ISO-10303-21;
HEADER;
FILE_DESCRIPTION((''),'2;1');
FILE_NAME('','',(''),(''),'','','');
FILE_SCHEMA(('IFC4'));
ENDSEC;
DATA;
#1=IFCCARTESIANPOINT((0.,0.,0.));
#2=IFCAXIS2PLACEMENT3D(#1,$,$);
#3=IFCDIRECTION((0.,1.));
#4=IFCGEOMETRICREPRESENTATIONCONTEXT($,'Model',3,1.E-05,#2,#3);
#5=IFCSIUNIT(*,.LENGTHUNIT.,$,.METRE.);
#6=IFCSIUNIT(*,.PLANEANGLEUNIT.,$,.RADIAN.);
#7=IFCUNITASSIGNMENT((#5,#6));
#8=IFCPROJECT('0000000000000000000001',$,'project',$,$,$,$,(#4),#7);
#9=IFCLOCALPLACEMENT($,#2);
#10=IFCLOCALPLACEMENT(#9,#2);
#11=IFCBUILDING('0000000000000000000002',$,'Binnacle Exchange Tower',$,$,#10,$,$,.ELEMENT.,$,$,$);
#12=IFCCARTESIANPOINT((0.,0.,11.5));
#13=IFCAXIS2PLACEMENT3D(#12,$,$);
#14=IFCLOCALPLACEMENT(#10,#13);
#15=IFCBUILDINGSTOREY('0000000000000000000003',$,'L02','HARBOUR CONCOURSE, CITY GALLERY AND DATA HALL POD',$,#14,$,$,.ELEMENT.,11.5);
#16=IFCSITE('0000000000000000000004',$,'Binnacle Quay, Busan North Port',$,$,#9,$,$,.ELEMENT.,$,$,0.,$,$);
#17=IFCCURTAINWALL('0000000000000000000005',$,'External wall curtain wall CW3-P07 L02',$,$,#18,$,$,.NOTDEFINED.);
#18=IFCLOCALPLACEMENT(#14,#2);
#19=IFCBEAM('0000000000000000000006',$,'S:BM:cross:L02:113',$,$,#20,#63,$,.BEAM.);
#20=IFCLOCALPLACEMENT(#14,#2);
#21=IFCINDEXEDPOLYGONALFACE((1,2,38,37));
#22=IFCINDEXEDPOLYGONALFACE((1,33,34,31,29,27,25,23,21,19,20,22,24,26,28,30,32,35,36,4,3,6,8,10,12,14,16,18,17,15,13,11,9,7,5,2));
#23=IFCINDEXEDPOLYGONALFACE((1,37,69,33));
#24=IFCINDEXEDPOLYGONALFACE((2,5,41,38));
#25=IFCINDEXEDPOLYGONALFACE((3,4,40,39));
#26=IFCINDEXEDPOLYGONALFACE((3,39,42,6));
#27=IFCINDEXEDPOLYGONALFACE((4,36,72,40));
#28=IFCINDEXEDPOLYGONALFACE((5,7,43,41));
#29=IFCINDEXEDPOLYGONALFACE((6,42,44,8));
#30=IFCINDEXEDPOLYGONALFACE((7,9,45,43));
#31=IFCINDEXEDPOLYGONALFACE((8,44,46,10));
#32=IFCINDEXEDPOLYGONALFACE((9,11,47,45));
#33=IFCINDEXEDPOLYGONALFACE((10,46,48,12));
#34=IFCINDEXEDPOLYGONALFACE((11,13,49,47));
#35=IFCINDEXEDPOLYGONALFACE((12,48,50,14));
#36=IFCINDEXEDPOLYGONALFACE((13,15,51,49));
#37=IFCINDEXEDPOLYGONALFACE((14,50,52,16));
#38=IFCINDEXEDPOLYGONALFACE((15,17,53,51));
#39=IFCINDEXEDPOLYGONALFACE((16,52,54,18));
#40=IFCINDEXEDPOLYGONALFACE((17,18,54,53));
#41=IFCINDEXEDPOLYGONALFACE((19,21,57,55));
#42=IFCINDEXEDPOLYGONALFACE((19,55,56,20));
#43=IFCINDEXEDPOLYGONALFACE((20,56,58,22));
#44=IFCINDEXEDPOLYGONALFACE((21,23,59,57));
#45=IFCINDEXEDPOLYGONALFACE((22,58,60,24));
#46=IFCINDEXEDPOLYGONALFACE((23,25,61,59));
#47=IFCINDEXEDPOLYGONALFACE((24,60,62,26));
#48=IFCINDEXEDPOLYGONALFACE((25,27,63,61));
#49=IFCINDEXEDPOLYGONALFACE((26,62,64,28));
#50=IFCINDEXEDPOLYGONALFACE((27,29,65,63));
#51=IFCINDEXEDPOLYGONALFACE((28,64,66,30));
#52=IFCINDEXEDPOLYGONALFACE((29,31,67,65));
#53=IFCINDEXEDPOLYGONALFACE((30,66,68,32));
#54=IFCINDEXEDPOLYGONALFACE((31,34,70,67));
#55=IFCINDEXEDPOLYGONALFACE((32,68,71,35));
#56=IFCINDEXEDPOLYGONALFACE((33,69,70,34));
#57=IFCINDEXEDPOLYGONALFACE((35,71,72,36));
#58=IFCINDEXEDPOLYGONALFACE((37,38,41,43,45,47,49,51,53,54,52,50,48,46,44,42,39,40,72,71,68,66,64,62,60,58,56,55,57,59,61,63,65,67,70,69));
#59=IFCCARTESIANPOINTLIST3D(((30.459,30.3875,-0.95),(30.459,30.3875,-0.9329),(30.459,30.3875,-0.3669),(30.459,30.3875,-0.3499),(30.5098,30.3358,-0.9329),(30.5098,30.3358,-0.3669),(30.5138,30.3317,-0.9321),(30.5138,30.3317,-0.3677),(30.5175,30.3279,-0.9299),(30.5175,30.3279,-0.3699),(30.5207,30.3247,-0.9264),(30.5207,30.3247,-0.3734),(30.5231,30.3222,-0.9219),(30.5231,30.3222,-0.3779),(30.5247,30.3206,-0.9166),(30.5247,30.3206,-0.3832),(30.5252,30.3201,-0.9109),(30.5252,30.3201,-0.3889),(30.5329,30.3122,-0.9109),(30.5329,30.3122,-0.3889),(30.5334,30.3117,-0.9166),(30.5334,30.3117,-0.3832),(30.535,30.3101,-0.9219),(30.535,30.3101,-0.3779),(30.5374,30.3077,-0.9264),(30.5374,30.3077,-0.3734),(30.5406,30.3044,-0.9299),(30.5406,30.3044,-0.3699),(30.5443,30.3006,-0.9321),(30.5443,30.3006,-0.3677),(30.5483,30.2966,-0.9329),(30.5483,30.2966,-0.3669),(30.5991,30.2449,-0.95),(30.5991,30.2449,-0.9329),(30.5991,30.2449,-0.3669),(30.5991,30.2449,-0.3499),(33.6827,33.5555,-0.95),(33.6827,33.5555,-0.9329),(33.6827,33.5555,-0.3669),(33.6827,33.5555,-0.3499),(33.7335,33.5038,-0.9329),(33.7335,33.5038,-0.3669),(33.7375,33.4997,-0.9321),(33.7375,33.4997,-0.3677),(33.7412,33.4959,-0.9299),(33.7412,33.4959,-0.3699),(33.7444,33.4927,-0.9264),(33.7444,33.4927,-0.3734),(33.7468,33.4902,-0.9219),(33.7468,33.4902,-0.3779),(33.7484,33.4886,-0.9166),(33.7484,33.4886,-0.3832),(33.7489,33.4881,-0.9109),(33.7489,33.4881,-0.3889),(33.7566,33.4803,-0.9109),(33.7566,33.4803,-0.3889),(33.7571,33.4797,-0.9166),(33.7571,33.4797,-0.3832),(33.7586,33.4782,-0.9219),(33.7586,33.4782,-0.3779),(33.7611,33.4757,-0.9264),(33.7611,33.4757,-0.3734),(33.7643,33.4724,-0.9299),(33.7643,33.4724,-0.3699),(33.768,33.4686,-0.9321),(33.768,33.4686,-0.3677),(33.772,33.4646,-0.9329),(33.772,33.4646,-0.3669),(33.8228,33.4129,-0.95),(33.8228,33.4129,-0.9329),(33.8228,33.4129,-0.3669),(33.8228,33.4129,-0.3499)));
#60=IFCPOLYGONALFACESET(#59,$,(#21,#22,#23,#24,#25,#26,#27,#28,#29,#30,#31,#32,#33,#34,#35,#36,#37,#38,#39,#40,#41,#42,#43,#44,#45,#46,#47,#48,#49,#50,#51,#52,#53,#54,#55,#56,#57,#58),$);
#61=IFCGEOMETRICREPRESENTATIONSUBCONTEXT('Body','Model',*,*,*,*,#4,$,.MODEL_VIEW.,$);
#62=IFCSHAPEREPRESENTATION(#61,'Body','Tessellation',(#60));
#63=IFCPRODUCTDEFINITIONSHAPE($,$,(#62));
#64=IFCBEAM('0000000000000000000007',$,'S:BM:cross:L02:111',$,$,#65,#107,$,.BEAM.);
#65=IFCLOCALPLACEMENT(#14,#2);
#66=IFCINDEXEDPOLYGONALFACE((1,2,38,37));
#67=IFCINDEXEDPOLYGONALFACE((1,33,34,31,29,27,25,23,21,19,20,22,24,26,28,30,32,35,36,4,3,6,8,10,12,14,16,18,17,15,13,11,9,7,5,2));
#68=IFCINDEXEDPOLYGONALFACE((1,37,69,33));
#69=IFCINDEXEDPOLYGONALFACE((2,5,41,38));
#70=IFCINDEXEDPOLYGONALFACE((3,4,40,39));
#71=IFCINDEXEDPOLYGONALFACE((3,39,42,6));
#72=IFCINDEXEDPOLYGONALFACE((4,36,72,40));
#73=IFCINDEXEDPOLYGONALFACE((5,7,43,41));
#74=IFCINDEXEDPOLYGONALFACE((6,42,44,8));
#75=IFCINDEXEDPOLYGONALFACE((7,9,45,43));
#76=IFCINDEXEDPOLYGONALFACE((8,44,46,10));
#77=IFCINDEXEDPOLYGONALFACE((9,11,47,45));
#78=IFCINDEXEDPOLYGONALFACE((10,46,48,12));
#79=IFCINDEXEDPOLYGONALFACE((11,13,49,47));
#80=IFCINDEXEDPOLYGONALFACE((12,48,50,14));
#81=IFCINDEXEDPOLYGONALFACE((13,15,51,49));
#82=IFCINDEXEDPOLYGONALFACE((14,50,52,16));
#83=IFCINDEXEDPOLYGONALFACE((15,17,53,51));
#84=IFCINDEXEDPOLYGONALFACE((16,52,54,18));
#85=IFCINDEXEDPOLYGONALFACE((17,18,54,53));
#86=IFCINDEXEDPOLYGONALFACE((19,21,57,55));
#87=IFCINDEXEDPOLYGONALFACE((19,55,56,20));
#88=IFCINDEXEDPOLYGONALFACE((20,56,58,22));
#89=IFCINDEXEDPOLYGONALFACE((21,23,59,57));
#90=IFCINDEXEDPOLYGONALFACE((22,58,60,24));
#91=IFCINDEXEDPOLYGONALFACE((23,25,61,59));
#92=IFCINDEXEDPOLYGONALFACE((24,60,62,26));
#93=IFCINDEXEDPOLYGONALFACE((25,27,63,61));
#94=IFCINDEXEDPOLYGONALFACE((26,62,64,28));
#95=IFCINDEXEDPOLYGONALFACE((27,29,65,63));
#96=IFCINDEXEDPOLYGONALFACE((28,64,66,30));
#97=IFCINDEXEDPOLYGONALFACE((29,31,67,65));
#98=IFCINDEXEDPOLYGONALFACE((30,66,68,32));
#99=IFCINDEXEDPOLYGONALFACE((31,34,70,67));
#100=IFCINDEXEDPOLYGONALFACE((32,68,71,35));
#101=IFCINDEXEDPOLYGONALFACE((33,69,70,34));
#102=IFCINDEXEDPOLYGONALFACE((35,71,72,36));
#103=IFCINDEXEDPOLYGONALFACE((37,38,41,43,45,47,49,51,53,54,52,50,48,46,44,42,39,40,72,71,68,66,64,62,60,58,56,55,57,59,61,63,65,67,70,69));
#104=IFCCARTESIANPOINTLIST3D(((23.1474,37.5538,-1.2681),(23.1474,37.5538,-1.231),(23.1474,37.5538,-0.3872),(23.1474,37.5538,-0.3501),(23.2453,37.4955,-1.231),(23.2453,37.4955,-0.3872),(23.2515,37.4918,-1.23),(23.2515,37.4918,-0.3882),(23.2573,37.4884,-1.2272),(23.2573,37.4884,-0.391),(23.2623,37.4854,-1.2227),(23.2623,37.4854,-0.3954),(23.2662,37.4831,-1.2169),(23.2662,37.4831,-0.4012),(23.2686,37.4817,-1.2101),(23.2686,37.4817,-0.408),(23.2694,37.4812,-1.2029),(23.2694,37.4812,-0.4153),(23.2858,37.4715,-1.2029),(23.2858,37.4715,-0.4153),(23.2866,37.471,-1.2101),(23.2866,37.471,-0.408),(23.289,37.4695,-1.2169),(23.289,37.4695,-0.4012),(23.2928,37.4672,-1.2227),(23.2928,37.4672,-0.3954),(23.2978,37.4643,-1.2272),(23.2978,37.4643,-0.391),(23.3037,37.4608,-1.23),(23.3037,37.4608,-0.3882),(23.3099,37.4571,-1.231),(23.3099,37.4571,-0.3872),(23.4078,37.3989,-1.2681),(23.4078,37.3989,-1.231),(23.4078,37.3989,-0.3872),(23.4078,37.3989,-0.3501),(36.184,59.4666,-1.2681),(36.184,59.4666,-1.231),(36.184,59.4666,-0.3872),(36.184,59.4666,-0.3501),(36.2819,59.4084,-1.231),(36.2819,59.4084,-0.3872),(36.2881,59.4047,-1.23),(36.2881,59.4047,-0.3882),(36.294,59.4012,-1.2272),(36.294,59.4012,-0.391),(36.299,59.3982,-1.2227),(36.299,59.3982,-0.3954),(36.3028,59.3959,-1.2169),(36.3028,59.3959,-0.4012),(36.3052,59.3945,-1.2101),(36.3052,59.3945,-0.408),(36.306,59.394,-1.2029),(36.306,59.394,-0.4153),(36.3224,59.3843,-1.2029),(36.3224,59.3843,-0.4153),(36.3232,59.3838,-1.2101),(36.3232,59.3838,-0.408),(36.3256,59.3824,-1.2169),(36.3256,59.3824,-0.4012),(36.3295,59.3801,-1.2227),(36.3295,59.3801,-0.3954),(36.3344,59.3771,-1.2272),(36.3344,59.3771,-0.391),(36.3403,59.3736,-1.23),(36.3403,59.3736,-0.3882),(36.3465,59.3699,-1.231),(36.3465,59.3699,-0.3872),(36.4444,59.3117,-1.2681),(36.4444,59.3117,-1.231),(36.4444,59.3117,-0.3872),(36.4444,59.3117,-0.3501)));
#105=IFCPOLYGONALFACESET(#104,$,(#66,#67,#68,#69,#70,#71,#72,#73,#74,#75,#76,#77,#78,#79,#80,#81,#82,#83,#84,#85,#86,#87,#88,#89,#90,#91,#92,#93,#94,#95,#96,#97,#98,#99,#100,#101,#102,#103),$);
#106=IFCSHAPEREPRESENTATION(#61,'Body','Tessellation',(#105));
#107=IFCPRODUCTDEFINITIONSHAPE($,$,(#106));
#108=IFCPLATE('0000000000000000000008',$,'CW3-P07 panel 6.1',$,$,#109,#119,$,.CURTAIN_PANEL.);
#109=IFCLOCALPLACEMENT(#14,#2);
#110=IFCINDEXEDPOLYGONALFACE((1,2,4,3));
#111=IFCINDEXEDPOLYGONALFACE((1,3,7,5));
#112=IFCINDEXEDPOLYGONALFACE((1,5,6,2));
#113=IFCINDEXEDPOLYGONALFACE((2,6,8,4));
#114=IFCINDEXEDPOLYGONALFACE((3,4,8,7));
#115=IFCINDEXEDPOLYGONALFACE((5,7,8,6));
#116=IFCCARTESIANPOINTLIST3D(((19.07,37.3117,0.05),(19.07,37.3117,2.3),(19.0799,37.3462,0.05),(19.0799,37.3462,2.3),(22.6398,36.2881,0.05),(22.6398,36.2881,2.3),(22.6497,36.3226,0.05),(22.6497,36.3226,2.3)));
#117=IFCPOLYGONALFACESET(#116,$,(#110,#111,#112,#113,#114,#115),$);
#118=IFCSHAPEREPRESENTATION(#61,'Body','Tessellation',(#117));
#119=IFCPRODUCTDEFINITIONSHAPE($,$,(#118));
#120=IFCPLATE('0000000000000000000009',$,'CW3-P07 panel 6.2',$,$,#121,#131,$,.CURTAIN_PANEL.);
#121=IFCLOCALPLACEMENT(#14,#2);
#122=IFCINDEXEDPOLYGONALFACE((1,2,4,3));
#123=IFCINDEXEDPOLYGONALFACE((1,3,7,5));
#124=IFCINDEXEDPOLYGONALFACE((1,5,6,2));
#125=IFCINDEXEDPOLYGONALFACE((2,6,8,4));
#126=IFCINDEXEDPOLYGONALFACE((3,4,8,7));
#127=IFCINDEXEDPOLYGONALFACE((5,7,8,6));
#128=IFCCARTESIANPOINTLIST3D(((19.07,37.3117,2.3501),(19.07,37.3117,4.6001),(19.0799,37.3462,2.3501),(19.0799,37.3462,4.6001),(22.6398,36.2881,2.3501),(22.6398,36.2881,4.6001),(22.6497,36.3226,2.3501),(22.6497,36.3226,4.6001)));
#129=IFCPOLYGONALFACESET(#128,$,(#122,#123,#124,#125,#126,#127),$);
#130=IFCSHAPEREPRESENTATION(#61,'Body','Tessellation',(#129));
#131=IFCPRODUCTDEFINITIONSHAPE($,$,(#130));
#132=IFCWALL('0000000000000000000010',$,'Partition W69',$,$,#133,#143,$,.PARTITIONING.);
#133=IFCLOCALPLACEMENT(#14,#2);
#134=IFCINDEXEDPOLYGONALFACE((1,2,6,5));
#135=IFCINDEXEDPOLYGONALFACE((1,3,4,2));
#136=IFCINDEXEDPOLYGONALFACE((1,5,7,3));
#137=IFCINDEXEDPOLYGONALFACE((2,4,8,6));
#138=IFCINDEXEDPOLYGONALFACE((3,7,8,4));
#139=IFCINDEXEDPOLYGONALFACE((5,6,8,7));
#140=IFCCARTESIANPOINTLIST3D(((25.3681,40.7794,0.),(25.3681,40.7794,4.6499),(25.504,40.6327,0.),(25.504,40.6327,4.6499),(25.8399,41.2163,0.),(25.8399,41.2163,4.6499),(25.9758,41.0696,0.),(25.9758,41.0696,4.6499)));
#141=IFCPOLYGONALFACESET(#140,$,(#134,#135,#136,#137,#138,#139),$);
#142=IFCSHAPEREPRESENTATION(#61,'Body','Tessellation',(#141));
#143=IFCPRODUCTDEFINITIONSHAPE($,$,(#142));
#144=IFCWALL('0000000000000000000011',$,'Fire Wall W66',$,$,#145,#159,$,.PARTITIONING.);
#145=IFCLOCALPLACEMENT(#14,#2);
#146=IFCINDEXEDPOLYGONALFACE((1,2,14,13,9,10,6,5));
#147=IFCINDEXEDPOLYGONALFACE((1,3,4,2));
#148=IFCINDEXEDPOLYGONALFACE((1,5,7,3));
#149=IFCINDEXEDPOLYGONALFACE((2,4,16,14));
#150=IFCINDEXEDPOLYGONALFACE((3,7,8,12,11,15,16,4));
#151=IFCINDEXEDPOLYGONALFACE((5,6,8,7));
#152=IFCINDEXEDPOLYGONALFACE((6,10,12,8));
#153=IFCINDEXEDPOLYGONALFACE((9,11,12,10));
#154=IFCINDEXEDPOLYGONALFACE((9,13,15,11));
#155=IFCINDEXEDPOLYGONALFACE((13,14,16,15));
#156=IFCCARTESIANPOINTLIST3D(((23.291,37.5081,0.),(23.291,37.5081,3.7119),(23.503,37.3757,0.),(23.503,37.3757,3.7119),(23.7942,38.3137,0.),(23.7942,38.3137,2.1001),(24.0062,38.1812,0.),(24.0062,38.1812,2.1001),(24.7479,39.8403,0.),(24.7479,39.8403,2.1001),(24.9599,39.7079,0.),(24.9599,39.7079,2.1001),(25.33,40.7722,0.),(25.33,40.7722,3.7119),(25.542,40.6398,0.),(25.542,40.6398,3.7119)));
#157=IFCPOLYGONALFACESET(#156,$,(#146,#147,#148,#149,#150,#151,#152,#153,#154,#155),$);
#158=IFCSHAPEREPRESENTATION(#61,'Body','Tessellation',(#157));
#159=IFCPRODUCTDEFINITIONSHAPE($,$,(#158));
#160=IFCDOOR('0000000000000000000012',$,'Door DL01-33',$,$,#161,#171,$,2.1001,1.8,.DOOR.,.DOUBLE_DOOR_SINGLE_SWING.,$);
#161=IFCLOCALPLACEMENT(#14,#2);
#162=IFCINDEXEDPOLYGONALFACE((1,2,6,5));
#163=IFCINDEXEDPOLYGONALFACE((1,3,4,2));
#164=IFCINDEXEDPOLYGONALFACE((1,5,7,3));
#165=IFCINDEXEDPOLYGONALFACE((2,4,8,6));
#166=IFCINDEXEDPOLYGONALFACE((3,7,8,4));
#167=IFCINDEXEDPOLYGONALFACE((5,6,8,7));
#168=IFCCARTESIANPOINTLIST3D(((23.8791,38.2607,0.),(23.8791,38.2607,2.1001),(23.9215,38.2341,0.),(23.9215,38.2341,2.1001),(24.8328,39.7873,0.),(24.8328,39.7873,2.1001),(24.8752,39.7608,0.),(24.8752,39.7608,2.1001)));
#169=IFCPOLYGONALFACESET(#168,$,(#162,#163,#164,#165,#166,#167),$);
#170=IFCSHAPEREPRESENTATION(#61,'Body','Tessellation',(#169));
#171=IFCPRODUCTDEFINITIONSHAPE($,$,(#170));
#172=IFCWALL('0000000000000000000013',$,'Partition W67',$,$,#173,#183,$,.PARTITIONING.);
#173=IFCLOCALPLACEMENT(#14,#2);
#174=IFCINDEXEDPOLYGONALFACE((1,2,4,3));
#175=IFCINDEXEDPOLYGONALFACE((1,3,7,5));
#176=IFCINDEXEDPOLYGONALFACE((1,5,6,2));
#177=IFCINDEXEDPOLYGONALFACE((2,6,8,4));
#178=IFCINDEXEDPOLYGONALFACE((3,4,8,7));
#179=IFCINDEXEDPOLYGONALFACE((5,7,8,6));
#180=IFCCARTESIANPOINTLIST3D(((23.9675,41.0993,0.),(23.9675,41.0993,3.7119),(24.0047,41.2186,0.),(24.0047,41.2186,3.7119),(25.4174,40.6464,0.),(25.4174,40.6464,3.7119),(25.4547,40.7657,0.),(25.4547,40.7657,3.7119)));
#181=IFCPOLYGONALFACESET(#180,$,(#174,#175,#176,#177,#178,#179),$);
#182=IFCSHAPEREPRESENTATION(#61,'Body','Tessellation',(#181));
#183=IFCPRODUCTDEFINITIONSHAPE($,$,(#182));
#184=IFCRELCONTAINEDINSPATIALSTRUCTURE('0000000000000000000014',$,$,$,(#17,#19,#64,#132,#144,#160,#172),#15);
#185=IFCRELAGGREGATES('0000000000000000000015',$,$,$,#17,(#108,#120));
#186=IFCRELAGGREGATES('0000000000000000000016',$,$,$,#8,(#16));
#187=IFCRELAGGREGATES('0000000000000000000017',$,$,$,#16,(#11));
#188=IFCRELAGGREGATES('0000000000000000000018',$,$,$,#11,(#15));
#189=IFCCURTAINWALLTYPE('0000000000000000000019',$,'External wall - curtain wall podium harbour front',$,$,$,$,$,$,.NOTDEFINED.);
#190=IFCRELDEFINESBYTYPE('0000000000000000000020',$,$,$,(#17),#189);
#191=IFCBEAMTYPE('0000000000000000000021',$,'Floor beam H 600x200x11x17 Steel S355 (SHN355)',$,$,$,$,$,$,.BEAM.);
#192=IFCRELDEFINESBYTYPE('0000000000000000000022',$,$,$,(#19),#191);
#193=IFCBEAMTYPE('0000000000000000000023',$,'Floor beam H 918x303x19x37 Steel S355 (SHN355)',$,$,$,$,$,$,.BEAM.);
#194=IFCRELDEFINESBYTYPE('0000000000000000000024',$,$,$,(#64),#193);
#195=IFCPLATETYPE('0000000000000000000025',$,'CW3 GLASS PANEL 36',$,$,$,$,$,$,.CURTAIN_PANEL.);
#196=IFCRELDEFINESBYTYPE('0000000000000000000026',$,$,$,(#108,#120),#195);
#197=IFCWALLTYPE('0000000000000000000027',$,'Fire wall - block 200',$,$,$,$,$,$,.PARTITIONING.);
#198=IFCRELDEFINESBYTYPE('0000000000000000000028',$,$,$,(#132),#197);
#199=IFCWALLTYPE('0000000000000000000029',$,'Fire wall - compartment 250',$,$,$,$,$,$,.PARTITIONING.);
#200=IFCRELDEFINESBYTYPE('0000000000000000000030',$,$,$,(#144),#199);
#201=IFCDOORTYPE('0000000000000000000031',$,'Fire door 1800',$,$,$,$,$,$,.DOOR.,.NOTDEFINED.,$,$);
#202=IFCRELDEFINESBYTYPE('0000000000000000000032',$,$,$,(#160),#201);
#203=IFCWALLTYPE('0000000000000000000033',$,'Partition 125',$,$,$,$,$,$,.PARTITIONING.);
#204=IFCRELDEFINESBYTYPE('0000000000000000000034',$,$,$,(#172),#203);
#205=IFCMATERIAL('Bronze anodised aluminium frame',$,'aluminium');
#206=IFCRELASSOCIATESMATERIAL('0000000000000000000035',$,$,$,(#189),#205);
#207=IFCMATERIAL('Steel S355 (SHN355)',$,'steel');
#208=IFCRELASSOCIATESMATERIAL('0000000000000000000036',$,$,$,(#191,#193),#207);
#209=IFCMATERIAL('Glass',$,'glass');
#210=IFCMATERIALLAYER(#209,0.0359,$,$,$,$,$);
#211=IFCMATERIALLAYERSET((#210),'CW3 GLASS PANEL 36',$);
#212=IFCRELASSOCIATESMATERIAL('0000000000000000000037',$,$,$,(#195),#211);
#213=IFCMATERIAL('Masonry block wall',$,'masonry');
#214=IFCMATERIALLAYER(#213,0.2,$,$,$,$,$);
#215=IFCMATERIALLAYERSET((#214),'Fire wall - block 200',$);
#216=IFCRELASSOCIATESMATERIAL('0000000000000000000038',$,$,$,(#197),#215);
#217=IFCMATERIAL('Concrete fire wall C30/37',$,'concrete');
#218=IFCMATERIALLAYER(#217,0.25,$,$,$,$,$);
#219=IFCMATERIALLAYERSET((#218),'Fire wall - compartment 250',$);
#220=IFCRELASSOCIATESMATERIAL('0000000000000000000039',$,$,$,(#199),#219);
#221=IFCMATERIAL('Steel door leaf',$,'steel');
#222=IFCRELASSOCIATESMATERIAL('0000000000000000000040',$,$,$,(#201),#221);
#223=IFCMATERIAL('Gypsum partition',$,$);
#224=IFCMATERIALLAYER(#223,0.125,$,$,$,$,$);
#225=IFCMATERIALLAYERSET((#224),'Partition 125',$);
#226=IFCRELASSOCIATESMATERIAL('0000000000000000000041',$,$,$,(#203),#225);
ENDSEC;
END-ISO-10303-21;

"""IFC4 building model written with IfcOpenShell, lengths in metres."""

from ifc_helpers import new_model, si_unit, direction, frame, frame_2d, origin, origin_2d, place, context, subcontext, project, spatial, rectangle, i_section, extrude, material, layer, layer_set, material_profile, profile_set, type_object, element, fill, aggregate, save


model = new_model("IFC4")

# Units and contexts
model_context = context("Model", 3, precision=1e-05, world=origin(), true_north=direction((0.0, 1.0)))
body_context = subcontext(model_context, "Body", "Model", "MODEL_VIEW")
ifc_project = project(units=[si_unit("LENGTHUNIT", "METRE"), si_unit("PLANEANGLEUNIT", "RADIAN")], contexts=[model_context])

# Site, building, storey
site_placement = place(None, origin())
site = spatial("IfcSite", under=ifc_project, at=site_placement, Name="Binnacle Quay, Busan North Port", CompositionType="ELEMENT", RefElevation=0.0)
building_placement = place(site_placement, origin())
building = spatial("IfcBuilding", under=site, at=building_placement, Name="Binnacle Exchange Tower", CompositionType="ELEMENT")
storey_placement = place(building_placement, frame((0.0, 0.0, 11.5)))
storey = spatial("IfcBuildingStorey", under=building, at=storey_placement, Name="L02", Description="HARBOUR CONCOURSE, CITY GALLERY AND DATA HALL POD", CompositionType="ELEMENT", Elevation=11.5)

# Curtain wall
ifc_material_1 = material(Name="Bronze anodised aluminium frame", Category="aluminium")
curtain_wall_type = type_object("IfcCurtainWallType", Name="External wall - curtain wall podium harbour front", PredefinedType="NOTDEFINED", material=ifc_material_1)
curtain_wall_placement = place(storey_placement, origin())
curtain_wall = element("IfcCurtainWall", 1, at=curtain_wall_placement, inside=storey, type_object=curtain_wall_type, Name="External wall curtain wall CW3-P07 L02", PredefinedType="NOTDEFINED")

# Beams
ifc_material_2 = material(Name="Steel S355 (SHN355)", Category="steel")
ifc_material_profile_1 = material_profile(ifc_material_2, i_section(OverallWidth=0.2, OverallDepth=0.6001, WebThickness=0.011, FlangeThickness=0.0171, FilletRadius=0.022, at=origin_2d()), Name="H 600x200x11x17")
ifc_profile_set_1 = profile_set([ifc_material_profile_1], Name="Steel S355 (SHN355)")
beam_type_1 = type_object("IfcBeamType", Name="Floor beam H 600x200x11x17 Steel S355 (SHN355)", PredefinedType="BEAM", material=ifc_profile_set_1)
beam_1_placement = place(storey_placement, frame((30.5291, 30.3162, -0.6499), z_axis=(0.713238, 0.700922, 0.0), x_axis=(-0.700922, 0.713238, 0.0)))
element("IfcBeam", 2, at=beam_1_placement, inside=storey, type_object=beam_type_1, Name="S:BM:cross:L02:113", PredefinedType="BEAM", context=body_context, shape_type="SweptSolid", body=[
    extrude(i_section(OverallWidth=0.2, OverallDepth=0.6001, WebThickness=0.011, FlangeThickness=0.0171, FilletRadius=0.022, at=origin_2d()), origin(), (0.0, 0.0, 1.0), 4.5198),
])
ifc_material_profile_2 = material_profile(ifc_material_2, i_section(OverallWidth=0.303, OverallDepth=0.918, WebThickness=0.019, FlangeThickness=0.0371, FilletRadius=0.0281, at=origin_2d()), Name="H 918x303x19x37")
ifc_profile_set_2 = profile_set([ifc_material_profile_2], Name="Steel S355 (SHN355)")
beam_type_2 = type_object("IfcBeamType", Name="Floor beam H 918x303x19x37 Steel S355 (SHN355)", PredefinedType="BEAM", material=ifc_profile_set_2)
beam_2_placement = place(storey_placement, frame((23.2776, 37.4763, -0.8091), z_axis=(0.511289, 0.859409, 0.0), x_axis=(-0.859409, 0.511289, 0.0)))
element("IfcBeam", 3, at=beam_2_placement, inside=storey, type_object=beam_type_2, Name="S:BM:cross:L02:111", PredefinedType="BEAM", context=body_context, shape_type="SweptSolid", body=[
    extrude(i_section(OverallWidth=0.303, OverallDepth=0.918, WebThickness=0.019, FlangeThickness=0.0371, FilletRadius=0.0281, at=origin_2d()), origin(), (0.0, 0.0, 1.0), 25.4976),
])

# Plates
ifc_material_3 = material(Name="Glass", Category="glass")
ifc_layer_1 = layer(ifc_material_3, 0.0359)
ifc_layer_set_1 = layer_set([ifc_layer_1], Name="CW3 GLASS PANEL 36")
plate_type = type_object("IfcPlateType", Name="CW3 GLASS PANEL 36", PredefinedType="CURTAIN_PANEL", material=ifc_layer_set_1)
plate_1_placement = place(storey_placement, frame((20.8599, 36.8171, 0.05), z_axis=(0.0, 0.0, 1.0), x_axis=(0.961262, -0.275637, 0.0)))
plate_1 = element("IfcPlate", 4, at=plate_1_placement, type_object=plate_type, Name="CW3-P07 panel 6.1", PredefinedType="CURTAIN_PANEL", context=body_context, shape_type="SweptSolid", body=[
    extrude(rectangle(XDim=3.7136, YDim=0.0359, at=origin_2d()), origin(), (0.0, 0.0, 1.0), 2.25),
])
plate_2_placement = place(storey_placement, frame((20.8599, 36.8171, 2.3501), z_axis=(0.0, 0.0, 1.0), x_axis=(0.961262, -0.275637, 0.0)))
plate_2 = element("IfcPlate", 5, at=plate_2_placement, type_object=plate_type, Name="CW3-P07 panel 6.2", PredefinedType="CURTAIN_PANEL", context=body_context, shape_type="SweptSolid", body=[
    extrude(rectangle(XDim=3.7136, YDim=0.0359, at=origin_2d()), origin(), (0.0, 0.0, 1.0), 2.25),
])
aggregate(curtain_wall, [plate_1, plate_2])

# Wall
ifc_material_4 = material(Name="Masonry block wall", Category="masonry")
ifc_layer_2 = layer(ifc_material_4, 0.2)
ifc_layer_set_2 = layer_set([ifc_layer_2], Name="Fire wall - block 200")
wall_type_1 = type_object("IfcWallType", Name="Fire wall - block 200", PredefinedType="PARTITIONING", material=ifc_layer_set_2)
wall_1_placement = place(storey_placement, frame((25.436, 40.7061, 0.0), z_axis=(0.0, 0.0, 1.0), x_axis=(0.733726, 0.679446, 0.0)))
element("IfcWall", 6, at=wall_1_placement, inside=storey, type_object=wall_type_1, Name="Partition W69", PredefinedType="PARTITIONING", context=body_context, shape_type="SweptSolid", body=[
    extrude(rectangle(XDim=0.6431, YDim=0.2, at=frame_2d((0.3215, 0.0))), origin(), (0.0, 0.0, 1.0), 4.6499),
])

# Wall, opening, door
ifc_material_5 = material(Name="Concrete fire wall C30/37", Category="concrete")
ifc_layer_3 = layer(ifc_material_5, 0.25)
ifc_layer_set_3 = layer_set([ifc_layer_3], Name="Fire wall - compartment 250")
wall_type_2 = type_object("IfcWallType", Name="Fire wall - compartment 250", PredefinedType="PARTITIONING", material=ifc_layer_set_3)
wall_2_placement = place(storey_placement, frame((23.397, 37.4419, 0.0), z_axis=(0.0, 0.0, 1.0), x_axis=(0.529805, 0.848119, 0.0)))
wall_2 = element("IfcWall", 7, at=wall_2_placement, inside=storey, type_object=wall_type_2, Name="Fire Wall W66", PredefinedType="PARTITIONING", context=body_context, shape_type="SweptSolid", body=[
    extrude(rectangle(XDim=3.8486, YDim=0.25, at=frame_2d((1.9243, 0.0))), origin(), (0.0, 0.0, 1.0), 3.7119),
])
opening_1_placement = place(wall_2_placement, frame((0.95, 0.0, 0.0)))
opening_1 = element("IfcOpeningElement", 8, at=opening_1_placement, cuts=wall_2, PredefinedType="OPENING", context=body_context, shape_type="SweptSolid", body=[
    extrude(rectangle(XDim=1.8, YDim=2.1001, at=frame_2d((0.8999, 1.05))), frame((0.0, 0.135, 0.0), z_axis=(0.0, -1.0, 0.0), x_axis=(1.0, 0.0, 0.0)), (0.0, 0.0, 1.0), 0.27),
])
ifc_material_6 = material(Name="Steel door leaf", Category="steel")
door_type_1 = type_object("IfcDoorType", Name="Fire door 1800", OperationType="NOTDEFINED", PredefinedType="DOOR", material=ifc_material_6)
door_1_placement = place(opening_1_placement, origin())
door_1 = element("IfcDoor", 9, at=door_1_placement, inside=storey, type_object=door_type_1, Name="Door DL01-33", OperationType="DOUBLE_DOOR_SINGLE_SWING", OverallHeight=2.1001, OverallWidth=1.8, PredefinedType="DOOR", context=body_context, shape_type="SweptSolid", body=[
    extrude(rectangle(XDim=1.8, YDim=2.1001, at=frame_2d((0.8999, 1.05))), frame((0.0, 0.0249, 0.0), z_axis=(0.0, -1.0, 0.0), x_axis=(1.0, 0.0, 0.0)), (0.0, 0.0, 1.0), 0.05),
])
fill(opening_1, door_1)

# Wall
ifc_material_7 = material(Name="Gypsum partition")
ifc_layer_4 = layer(ifc_material_7, 0.125)
ifc_layer_set_4 = layer_set([ifc_layer_4], Name="Partition 125")
wall_type_3 = type_object("IfcWallType", Name="Partition 125", PredefinedType="PARTITIONING", material=ifc_layer_set_4)
wall_3_placement = place(storey_placement, frame((23.9861, 41.1589, 0.0), z_axis=(0.0, 0.0, 1.0), x_axis=(0.954523, -0.298138, 0.0)))
element("IfcWall", 10, at=wall_3_placement, inside=storey, type_object=wall_type_3, Name="Partition W67", PredefinedType="PARTITIONING", context=body_context, shape_type="SweptSolid", body=[
    extrude(rectangle(XDim=1.519, YDim=0.125, at=frame_2d((0.7595, 0.0))), origin(), (0.0, 0.0, 1.0), 3.7119),
])

save(model, "model.ifc")
